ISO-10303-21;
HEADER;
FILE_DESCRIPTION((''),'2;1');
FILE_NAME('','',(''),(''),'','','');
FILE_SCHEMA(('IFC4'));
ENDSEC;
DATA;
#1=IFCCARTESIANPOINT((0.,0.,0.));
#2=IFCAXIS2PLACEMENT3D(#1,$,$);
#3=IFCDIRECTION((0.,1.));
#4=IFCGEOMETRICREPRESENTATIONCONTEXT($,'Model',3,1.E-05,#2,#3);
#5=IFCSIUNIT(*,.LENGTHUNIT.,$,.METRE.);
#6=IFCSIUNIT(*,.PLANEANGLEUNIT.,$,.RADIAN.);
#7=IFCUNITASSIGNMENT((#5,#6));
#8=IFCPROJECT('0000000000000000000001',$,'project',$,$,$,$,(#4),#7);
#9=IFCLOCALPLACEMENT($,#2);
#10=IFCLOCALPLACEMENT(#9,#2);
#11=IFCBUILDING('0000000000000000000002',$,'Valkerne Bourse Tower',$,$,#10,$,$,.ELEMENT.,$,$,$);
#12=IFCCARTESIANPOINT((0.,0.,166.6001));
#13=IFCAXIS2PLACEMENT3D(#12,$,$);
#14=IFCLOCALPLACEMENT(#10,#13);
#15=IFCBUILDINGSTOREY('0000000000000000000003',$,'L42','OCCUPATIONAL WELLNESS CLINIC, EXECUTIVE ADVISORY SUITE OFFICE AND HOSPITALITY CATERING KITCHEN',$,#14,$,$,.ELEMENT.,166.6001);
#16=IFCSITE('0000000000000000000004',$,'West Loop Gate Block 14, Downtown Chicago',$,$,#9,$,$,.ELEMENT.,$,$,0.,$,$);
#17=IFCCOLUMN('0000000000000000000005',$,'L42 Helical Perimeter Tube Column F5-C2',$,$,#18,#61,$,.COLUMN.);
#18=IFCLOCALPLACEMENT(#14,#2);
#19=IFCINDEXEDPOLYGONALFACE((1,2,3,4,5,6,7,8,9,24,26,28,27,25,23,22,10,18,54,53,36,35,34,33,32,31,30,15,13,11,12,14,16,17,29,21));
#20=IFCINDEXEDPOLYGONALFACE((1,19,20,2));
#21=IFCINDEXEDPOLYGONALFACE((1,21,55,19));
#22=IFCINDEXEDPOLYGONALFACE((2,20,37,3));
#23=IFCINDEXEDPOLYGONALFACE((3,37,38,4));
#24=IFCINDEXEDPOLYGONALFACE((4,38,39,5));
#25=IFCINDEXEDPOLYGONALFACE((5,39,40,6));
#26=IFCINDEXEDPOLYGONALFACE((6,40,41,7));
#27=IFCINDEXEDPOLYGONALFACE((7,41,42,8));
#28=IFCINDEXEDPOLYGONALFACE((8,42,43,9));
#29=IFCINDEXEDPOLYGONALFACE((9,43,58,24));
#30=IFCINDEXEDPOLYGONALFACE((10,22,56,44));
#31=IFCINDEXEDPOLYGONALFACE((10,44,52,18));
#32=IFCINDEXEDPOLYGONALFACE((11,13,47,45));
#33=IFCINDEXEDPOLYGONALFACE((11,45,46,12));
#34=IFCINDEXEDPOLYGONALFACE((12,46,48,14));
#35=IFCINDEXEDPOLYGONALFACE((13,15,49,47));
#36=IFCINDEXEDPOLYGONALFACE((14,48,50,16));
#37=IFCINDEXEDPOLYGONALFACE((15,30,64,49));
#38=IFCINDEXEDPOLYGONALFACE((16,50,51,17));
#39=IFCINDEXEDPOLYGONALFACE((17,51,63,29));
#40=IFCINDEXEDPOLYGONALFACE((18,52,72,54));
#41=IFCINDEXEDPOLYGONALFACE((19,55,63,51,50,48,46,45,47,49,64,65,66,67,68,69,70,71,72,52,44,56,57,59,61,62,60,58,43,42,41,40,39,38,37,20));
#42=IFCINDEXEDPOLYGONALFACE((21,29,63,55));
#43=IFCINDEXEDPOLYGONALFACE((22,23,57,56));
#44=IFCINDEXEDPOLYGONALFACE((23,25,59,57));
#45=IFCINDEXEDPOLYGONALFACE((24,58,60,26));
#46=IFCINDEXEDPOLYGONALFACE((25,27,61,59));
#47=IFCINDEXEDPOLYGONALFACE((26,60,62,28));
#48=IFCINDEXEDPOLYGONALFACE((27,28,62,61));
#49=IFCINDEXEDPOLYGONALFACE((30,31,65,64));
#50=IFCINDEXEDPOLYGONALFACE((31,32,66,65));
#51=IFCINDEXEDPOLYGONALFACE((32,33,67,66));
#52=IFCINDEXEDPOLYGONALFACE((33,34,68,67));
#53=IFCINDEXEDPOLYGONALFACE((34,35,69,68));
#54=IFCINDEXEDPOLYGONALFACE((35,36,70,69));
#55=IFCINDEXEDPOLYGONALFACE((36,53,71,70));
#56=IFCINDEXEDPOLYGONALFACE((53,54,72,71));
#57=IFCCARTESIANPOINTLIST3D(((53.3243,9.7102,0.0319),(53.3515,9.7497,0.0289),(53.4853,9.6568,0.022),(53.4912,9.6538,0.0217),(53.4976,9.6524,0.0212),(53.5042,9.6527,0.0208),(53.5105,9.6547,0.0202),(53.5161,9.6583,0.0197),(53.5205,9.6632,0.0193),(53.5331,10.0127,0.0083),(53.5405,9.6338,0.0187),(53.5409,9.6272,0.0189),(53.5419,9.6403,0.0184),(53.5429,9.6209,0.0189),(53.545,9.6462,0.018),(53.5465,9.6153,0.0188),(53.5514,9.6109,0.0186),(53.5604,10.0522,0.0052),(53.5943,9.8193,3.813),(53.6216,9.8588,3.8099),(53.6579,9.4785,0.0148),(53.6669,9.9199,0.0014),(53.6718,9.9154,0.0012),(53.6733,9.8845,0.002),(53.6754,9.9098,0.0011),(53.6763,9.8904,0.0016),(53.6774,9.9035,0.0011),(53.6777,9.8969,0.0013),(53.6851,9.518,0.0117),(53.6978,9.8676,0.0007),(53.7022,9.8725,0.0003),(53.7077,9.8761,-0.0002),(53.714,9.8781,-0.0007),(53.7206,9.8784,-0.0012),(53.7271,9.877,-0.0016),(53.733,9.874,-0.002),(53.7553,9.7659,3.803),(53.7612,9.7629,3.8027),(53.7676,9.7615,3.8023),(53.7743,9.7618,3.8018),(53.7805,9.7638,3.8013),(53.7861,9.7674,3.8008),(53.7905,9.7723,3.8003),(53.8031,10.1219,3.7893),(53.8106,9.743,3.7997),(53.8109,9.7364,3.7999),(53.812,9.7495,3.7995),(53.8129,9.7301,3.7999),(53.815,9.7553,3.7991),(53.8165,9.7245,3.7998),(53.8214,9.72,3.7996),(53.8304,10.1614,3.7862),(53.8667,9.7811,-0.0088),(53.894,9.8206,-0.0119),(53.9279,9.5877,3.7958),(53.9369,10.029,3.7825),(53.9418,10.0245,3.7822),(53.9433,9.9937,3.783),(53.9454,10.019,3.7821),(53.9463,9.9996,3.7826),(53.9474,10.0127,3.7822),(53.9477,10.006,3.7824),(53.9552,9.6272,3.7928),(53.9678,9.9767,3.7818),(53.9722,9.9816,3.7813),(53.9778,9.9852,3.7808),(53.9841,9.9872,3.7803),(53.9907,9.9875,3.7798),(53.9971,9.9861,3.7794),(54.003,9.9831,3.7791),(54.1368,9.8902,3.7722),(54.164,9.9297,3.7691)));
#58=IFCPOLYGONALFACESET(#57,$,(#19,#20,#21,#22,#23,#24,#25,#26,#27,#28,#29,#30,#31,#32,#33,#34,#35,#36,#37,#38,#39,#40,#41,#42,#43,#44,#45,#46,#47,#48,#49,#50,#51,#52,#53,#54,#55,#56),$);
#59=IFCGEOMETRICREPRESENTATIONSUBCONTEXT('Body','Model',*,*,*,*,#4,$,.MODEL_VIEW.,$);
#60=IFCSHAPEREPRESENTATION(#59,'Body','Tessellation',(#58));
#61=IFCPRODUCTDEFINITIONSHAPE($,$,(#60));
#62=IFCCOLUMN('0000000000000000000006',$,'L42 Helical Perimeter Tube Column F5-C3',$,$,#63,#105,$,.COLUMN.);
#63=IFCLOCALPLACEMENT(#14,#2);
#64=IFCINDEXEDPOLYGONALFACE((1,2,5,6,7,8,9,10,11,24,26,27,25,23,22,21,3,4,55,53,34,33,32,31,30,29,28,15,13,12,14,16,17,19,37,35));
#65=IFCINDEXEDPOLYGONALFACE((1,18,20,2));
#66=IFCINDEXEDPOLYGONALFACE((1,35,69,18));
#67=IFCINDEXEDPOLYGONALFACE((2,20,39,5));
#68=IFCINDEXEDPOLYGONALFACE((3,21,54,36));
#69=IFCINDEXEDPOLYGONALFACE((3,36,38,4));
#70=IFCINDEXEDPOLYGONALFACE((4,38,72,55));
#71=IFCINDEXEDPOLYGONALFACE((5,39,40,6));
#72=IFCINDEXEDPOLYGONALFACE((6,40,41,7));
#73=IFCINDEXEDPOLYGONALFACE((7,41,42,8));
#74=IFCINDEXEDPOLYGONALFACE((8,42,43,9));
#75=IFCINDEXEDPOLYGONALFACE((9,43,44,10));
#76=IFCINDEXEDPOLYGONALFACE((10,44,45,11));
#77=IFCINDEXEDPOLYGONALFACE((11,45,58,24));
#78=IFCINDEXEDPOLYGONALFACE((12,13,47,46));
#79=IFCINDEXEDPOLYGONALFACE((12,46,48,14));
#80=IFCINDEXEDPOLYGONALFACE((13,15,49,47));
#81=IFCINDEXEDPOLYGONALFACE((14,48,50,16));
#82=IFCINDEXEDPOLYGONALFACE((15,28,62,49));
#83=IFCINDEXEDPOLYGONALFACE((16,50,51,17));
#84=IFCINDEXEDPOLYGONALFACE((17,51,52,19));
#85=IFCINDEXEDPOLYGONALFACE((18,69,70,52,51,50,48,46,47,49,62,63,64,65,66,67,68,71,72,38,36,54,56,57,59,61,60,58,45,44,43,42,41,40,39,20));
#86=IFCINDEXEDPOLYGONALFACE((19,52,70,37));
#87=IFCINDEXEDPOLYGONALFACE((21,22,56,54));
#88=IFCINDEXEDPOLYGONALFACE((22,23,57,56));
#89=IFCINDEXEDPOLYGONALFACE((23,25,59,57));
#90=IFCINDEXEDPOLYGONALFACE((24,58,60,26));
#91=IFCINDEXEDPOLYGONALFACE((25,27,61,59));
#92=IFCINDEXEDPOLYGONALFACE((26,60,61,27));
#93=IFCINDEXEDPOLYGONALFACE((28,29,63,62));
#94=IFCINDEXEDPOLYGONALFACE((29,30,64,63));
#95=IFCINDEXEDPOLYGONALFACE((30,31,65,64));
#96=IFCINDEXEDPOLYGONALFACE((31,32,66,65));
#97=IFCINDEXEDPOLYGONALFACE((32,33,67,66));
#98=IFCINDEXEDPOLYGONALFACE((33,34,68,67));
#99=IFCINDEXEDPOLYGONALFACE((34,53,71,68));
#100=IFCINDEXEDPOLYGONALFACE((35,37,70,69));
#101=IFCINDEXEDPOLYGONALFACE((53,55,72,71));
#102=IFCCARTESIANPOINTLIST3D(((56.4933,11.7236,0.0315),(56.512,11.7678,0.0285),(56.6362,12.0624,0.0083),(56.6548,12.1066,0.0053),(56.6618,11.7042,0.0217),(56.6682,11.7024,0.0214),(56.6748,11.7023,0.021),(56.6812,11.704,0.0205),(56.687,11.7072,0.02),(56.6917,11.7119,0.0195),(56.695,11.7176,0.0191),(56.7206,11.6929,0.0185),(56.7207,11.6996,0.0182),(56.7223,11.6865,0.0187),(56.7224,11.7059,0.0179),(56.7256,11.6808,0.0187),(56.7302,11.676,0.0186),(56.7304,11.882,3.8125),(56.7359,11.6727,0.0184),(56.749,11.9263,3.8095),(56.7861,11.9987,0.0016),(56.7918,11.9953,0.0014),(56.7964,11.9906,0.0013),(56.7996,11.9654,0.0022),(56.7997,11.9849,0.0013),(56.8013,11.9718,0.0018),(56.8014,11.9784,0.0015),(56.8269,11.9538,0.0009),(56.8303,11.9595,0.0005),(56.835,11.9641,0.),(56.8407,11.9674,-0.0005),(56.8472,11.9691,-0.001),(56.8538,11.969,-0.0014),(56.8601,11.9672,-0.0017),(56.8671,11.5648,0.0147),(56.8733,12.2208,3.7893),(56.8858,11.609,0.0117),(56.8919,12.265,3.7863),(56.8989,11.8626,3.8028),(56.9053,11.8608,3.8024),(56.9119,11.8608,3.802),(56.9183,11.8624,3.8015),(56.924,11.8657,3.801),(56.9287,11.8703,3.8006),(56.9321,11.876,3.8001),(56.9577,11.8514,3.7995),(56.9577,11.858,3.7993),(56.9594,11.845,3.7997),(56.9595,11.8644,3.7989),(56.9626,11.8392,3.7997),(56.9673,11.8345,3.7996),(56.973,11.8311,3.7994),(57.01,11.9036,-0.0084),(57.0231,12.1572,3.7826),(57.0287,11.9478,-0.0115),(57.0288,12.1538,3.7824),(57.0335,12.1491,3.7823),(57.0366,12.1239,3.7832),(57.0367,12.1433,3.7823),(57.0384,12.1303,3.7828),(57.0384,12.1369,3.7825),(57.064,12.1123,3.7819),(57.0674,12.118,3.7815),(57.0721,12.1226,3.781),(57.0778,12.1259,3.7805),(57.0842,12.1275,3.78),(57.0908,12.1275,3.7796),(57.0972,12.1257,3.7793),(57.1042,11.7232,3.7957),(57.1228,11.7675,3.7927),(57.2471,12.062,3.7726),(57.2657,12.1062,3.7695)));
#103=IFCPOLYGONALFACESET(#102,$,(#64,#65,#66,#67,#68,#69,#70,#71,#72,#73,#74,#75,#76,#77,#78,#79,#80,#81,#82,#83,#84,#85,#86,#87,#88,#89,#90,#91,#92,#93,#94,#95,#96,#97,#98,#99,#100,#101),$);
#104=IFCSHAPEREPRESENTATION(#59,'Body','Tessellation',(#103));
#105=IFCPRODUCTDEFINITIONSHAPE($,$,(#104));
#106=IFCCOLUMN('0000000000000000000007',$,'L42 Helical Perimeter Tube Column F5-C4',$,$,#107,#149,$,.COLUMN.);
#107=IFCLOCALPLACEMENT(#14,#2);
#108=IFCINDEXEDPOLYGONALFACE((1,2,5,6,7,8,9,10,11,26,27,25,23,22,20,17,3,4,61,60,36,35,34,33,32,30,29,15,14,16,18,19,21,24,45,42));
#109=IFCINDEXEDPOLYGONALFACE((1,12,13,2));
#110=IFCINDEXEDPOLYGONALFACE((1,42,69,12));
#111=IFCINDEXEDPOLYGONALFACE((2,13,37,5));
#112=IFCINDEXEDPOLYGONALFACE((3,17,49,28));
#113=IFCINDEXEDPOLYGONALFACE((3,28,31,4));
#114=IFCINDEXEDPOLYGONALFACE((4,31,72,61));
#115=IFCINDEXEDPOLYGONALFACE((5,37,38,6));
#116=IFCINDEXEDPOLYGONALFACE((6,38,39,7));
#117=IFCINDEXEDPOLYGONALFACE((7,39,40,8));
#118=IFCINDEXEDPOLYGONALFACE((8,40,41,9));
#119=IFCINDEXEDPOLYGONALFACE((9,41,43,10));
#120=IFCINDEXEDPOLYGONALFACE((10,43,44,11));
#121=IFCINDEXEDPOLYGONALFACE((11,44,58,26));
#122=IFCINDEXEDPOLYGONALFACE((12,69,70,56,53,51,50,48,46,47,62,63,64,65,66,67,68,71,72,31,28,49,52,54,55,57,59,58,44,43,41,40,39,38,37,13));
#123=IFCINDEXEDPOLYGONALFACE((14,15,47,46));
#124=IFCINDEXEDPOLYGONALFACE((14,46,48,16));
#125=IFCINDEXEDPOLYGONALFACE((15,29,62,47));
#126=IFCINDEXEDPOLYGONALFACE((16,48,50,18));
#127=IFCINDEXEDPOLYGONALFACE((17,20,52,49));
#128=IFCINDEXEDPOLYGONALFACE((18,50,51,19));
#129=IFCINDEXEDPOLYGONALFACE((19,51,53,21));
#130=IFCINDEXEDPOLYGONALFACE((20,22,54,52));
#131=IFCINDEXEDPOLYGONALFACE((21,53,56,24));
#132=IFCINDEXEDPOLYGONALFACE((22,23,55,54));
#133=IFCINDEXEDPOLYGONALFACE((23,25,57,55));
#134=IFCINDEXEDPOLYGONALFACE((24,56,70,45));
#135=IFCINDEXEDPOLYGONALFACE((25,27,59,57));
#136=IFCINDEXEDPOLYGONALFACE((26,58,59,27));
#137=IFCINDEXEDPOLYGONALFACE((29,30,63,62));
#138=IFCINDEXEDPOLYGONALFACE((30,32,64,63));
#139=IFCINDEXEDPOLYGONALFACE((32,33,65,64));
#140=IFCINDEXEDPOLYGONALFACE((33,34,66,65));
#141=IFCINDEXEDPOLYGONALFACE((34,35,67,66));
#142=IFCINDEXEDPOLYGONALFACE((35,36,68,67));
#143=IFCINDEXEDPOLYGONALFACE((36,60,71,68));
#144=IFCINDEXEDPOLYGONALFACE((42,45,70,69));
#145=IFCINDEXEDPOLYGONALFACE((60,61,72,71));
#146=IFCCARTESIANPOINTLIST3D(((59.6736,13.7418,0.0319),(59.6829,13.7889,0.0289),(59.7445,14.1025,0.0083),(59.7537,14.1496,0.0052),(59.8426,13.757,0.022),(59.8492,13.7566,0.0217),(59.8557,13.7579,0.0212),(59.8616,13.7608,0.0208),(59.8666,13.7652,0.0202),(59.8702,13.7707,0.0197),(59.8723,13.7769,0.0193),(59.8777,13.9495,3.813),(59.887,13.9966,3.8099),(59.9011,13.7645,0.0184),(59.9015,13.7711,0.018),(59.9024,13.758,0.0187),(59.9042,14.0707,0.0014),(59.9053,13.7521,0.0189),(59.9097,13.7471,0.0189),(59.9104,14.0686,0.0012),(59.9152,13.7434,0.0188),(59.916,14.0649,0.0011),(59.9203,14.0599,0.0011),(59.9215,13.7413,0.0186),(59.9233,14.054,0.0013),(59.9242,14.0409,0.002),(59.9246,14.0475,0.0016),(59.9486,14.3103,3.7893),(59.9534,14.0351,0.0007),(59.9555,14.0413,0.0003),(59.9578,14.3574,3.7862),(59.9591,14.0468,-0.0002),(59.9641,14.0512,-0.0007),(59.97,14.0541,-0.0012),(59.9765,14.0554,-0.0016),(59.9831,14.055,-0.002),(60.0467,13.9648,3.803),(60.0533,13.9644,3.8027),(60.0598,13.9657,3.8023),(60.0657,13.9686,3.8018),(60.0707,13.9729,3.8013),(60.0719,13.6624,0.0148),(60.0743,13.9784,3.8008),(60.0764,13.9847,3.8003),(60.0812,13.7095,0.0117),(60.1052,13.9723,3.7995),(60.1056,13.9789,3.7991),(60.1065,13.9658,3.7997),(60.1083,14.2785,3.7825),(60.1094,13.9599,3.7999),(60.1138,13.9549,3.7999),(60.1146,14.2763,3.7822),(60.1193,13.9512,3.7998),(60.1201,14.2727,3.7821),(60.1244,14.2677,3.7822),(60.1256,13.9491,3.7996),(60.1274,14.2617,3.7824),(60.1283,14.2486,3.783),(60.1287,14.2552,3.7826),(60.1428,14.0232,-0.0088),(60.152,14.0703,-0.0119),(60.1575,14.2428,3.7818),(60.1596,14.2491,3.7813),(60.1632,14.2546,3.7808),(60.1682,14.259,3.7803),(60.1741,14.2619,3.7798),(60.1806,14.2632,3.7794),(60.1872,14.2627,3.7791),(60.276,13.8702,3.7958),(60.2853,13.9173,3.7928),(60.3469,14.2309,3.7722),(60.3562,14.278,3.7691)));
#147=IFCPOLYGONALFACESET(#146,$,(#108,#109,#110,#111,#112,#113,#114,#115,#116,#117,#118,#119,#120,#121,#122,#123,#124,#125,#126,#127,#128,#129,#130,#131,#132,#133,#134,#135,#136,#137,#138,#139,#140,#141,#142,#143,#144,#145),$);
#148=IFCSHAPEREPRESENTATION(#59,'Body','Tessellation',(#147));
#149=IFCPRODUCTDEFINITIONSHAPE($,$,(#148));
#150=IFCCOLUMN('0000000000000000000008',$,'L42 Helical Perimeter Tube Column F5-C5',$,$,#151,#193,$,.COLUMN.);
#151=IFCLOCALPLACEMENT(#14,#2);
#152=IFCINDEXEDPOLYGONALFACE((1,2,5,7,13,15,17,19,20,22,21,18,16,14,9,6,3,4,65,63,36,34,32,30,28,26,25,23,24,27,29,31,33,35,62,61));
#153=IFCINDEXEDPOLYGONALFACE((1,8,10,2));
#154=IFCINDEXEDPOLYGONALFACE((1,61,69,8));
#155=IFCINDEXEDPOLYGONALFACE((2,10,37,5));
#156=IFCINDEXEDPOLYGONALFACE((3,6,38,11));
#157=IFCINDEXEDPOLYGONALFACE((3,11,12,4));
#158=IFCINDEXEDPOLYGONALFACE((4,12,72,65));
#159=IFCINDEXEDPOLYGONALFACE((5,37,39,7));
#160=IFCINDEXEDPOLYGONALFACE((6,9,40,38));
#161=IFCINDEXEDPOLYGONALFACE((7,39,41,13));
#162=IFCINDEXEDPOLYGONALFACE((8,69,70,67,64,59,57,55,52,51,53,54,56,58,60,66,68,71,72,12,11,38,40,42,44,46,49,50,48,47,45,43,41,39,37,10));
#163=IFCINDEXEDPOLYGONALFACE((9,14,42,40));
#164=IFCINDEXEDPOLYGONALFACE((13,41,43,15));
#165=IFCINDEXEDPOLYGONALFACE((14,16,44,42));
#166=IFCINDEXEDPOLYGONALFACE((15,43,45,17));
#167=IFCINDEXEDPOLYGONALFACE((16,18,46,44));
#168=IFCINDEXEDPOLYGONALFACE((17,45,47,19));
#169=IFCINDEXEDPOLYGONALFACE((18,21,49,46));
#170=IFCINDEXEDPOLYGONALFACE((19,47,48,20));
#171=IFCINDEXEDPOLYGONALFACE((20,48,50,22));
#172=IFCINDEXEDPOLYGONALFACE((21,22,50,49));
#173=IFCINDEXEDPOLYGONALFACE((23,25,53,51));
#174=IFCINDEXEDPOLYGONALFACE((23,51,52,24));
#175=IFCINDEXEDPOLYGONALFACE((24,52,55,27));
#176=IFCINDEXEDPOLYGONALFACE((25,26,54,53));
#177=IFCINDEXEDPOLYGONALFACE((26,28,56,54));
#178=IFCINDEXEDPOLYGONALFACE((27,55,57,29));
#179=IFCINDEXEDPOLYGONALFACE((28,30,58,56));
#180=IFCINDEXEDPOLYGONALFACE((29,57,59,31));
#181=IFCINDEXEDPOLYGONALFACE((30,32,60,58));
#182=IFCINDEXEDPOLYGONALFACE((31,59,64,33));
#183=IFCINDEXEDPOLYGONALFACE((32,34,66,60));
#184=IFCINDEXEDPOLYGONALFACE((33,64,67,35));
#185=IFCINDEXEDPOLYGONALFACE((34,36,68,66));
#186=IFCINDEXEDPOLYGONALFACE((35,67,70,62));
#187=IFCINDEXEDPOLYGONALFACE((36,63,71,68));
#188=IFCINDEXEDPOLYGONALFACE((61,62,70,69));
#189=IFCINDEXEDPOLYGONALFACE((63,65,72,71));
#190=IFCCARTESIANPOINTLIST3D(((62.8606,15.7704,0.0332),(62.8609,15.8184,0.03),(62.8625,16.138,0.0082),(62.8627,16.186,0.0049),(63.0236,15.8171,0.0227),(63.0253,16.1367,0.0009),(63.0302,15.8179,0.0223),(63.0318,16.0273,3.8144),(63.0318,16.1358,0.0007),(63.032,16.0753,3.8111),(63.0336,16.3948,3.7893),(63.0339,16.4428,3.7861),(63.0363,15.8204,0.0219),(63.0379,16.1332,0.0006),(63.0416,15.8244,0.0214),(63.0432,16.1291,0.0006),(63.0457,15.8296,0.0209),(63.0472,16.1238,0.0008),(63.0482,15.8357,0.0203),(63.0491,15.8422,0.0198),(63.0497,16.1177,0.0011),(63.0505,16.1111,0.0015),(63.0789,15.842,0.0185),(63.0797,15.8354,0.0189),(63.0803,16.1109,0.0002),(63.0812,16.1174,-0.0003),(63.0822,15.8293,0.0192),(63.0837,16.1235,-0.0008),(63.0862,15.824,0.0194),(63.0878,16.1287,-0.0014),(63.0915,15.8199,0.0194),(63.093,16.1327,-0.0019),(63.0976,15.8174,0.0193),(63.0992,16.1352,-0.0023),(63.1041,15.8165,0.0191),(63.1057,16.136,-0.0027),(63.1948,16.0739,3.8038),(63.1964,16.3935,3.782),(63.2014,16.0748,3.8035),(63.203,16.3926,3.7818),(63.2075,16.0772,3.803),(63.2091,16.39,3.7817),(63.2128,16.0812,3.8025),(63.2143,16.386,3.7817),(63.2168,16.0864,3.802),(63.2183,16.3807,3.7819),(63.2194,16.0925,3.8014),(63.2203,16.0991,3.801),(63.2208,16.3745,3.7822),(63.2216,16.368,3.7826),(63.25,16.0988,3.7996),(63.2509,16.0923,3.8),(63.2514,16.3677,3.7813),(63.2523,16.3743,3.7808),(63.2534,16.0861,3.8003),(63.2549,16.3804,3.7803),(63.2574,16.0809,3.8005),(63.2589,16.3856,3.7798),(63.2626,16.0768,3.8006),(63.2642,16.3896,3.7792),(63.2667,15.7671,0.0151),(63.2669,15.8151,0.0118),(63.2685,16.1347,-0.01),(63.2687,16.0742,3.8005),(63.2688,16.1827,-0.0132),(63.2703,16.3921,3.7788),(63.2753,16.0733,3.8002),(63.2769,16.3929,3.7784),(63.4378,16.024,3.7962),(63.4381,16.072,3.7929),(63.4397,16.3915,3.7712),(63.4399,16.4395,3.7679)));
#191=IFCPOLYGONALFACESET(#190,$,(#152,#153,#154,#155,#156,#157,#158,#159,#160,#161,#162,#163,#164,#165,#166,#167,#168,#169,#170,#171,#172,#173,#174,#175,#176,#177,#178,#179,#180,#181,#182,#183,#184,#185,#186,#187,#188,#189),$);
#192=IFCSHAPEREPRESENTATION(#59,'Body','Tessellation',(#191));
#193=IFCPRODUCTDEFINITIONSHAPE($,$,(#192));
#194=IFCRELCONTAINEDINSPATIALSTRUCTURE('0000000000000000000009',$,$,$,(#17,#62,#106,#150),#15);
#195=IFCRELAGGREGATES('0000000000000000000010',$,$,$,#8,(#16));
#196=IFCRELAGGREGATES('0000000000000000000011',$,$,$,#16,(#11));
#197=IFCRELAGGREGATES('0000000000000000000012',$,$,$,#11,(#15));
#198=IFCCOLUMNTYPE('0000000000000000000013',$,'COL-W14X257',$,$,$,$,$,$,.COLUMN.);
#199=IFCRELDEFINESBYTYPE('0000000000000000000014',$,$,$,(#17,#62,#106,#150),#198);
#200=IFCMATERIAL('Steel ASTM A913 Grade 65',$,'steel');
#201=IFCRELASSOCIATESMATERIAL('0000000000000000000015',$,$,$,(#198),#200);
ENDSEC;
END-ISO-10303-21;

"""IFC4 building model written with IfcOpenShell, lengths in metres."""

from ifc_helpers import new_model, si_unit, direction, frame, origin, origin_2d, place, context, subcontext, project, spatial, i_section, extrude, material, material_profile, profile_set, type_object, element, save


model = new_model("IFC4")

# Units and contexts
model_context = context("Model", 3, precision=1e-05, world=origin(), true_north=direction((0.0, 1.0)))
body_context = subcontext(model_context, "Body", "Model", "MODEL_VIEW")
ifc_project = project(units=[si_unit("LENGTHUNIT", "METRE"), si_unit("PLANEANGLEUNIT", "RADIAN")], contexts=[model_context])

# Site, building, storey
site_placement = place(None, origin())
site = spatial("IfcSite", under=ifc_project, at=site_placement, Name="West Loop Gate Block 14, Downtown Chicago", CompositionType="ELEMENT", RefElevation=0.0)
building_placement = place(site_placement, origin())
building = spatial("IfcBuilding", under=site, at=building_placement, Name="Valkerne Bourse Tower", CompositionType="ELEMENT")
storey_placement = place(building_placement, frame((0.0, 0.0, 166.6001)))
storey = spatial("IfcBuildingStorey", under=building, at=storey_placement, Name="L42", Description="OCCUPATIONAL WELLNESS CLINIC, EXECUTIVE ADVISORY SUITE OFFICE AND HOSPITALITY CATERING KITCHEN", CompositionType="ELEMENT", Elevation=166.6001)

# Columns
ifc_material_1 = material(Name="Steel ASTM A913 Grade 65", Category="steel")
ifc_material_profile_1 = material_profile(ifc_material_1, i_section(OverallWidth=0.4065, OverallDepth=0.4165, WebThickness=0.0298, FlangeThickness=0.0481, FilletRadius=0.0254, at=origin_2d()), Name="W14X257")
ifc_profile_set_1 = profile_set([ifc_material_profile_1], Name="Steel ASTM A913 Grade 65")
column_type = type_object("IfcColumnType", Name="COL-W14X257", PredefinedType="COLUMN", material=ifc_profile_set_1)
column_1_placement = place(storey_placement, frame((53.6091, 9.7654, 0.01), z_axis=(0.071204, 0.028778, 0.997047), x_axis=(-0.820706, 0.569793, 0.042165)))
element("IfcColumn", 1, at=column_1_placement, inside=storey, type_object=column_type, Name="L42 Helical Perimeter Tube Column F5-C2", PredefinedType="COLUMN", context=body_context, shape_type="SweptSolid", body=[
    extrude(i_section(OverallWidth=0.4065, OverallDepth=0.4165, WebThickness=0.0298, FlangeThickness=0.0481, FilletRadius=0.0254, at=origin_2d()), origin(), (0.0, 0.0, 1.0), 3.7922),
])
column_2_placement = place(storey_placement, frame((56.761, 11.8357, 0.01), z_axis=(0.06252, 0.041787, 0.997169), x_axis=(-0.919608, 0.390661, 0.041286)))
element("IfcColumn", 2, at=column_2_placement, inside=storey, type_object=column_type, Name="L42 Helical Perimeter Tube Column F5-C3", PredefinedType="COLUMN", context=body_context, shape_type="SweptSolid", body=[
    extrude(i_section(OverallWidth=0.4065, OverallDepth=0.4165, WebThickness=0.0298, FlangeThickness=0.0481, FilletRadius=0.0254, at=origin_2d()), origin(), (0.0, 0.0, 1.0), 3.7917),
])
column_3_placement = place(storey_placement, frame((59.9128, 13.906, 0.01), z_axis=(0.053821, 0.054787, 0.997046), x_axis=(-0.979851, 0.19523, 0.042165)))
element("IfcColumn", 3, at=column_3_placement, inside=storey, type_object=column_type, Name="L42 Helical Perimeter Tube Column F5-C4", PredefinedType="COLUMN", context=body_context, shape_type="SweptSolid", body=[
    extrude(i_section(OverallWidth=0.4065, OverallDepth=0.4165, WebThickness=0.0298, FlangeThickness=0.0481, FilletRadius=0.0254, at=origin_2d()), origin(), (0.0, 0.0, 1.0), 3.7922),
])
column_4_placement = place(storey_placement, frame((63.0647, 15.9766, 0.01), z_axis=(0.045114, 0.067703, 0.996685), x_axis=(-0.998969, 0.008103, 0.044667)))
element("IfcColumn", 4, at=column_4_placement, inside=storey, type_object=column_type, Name="L42 Helical Perimeter Tube Column F5-C5", PredefinedType="COLUMN", context=body_context, shape_type="SweptSolid", body=[
    extrude(i_section(OverallWidth=0.4065, OverallDepth=0.4165, WebThickness=0.0298, FlangeThickness=0.0481, FilletRadius=0.0254, at=origin_2d()), origin(), (0.0, 0.0, 1.0), 3.7937),
])

save(model, "model.ifc")
